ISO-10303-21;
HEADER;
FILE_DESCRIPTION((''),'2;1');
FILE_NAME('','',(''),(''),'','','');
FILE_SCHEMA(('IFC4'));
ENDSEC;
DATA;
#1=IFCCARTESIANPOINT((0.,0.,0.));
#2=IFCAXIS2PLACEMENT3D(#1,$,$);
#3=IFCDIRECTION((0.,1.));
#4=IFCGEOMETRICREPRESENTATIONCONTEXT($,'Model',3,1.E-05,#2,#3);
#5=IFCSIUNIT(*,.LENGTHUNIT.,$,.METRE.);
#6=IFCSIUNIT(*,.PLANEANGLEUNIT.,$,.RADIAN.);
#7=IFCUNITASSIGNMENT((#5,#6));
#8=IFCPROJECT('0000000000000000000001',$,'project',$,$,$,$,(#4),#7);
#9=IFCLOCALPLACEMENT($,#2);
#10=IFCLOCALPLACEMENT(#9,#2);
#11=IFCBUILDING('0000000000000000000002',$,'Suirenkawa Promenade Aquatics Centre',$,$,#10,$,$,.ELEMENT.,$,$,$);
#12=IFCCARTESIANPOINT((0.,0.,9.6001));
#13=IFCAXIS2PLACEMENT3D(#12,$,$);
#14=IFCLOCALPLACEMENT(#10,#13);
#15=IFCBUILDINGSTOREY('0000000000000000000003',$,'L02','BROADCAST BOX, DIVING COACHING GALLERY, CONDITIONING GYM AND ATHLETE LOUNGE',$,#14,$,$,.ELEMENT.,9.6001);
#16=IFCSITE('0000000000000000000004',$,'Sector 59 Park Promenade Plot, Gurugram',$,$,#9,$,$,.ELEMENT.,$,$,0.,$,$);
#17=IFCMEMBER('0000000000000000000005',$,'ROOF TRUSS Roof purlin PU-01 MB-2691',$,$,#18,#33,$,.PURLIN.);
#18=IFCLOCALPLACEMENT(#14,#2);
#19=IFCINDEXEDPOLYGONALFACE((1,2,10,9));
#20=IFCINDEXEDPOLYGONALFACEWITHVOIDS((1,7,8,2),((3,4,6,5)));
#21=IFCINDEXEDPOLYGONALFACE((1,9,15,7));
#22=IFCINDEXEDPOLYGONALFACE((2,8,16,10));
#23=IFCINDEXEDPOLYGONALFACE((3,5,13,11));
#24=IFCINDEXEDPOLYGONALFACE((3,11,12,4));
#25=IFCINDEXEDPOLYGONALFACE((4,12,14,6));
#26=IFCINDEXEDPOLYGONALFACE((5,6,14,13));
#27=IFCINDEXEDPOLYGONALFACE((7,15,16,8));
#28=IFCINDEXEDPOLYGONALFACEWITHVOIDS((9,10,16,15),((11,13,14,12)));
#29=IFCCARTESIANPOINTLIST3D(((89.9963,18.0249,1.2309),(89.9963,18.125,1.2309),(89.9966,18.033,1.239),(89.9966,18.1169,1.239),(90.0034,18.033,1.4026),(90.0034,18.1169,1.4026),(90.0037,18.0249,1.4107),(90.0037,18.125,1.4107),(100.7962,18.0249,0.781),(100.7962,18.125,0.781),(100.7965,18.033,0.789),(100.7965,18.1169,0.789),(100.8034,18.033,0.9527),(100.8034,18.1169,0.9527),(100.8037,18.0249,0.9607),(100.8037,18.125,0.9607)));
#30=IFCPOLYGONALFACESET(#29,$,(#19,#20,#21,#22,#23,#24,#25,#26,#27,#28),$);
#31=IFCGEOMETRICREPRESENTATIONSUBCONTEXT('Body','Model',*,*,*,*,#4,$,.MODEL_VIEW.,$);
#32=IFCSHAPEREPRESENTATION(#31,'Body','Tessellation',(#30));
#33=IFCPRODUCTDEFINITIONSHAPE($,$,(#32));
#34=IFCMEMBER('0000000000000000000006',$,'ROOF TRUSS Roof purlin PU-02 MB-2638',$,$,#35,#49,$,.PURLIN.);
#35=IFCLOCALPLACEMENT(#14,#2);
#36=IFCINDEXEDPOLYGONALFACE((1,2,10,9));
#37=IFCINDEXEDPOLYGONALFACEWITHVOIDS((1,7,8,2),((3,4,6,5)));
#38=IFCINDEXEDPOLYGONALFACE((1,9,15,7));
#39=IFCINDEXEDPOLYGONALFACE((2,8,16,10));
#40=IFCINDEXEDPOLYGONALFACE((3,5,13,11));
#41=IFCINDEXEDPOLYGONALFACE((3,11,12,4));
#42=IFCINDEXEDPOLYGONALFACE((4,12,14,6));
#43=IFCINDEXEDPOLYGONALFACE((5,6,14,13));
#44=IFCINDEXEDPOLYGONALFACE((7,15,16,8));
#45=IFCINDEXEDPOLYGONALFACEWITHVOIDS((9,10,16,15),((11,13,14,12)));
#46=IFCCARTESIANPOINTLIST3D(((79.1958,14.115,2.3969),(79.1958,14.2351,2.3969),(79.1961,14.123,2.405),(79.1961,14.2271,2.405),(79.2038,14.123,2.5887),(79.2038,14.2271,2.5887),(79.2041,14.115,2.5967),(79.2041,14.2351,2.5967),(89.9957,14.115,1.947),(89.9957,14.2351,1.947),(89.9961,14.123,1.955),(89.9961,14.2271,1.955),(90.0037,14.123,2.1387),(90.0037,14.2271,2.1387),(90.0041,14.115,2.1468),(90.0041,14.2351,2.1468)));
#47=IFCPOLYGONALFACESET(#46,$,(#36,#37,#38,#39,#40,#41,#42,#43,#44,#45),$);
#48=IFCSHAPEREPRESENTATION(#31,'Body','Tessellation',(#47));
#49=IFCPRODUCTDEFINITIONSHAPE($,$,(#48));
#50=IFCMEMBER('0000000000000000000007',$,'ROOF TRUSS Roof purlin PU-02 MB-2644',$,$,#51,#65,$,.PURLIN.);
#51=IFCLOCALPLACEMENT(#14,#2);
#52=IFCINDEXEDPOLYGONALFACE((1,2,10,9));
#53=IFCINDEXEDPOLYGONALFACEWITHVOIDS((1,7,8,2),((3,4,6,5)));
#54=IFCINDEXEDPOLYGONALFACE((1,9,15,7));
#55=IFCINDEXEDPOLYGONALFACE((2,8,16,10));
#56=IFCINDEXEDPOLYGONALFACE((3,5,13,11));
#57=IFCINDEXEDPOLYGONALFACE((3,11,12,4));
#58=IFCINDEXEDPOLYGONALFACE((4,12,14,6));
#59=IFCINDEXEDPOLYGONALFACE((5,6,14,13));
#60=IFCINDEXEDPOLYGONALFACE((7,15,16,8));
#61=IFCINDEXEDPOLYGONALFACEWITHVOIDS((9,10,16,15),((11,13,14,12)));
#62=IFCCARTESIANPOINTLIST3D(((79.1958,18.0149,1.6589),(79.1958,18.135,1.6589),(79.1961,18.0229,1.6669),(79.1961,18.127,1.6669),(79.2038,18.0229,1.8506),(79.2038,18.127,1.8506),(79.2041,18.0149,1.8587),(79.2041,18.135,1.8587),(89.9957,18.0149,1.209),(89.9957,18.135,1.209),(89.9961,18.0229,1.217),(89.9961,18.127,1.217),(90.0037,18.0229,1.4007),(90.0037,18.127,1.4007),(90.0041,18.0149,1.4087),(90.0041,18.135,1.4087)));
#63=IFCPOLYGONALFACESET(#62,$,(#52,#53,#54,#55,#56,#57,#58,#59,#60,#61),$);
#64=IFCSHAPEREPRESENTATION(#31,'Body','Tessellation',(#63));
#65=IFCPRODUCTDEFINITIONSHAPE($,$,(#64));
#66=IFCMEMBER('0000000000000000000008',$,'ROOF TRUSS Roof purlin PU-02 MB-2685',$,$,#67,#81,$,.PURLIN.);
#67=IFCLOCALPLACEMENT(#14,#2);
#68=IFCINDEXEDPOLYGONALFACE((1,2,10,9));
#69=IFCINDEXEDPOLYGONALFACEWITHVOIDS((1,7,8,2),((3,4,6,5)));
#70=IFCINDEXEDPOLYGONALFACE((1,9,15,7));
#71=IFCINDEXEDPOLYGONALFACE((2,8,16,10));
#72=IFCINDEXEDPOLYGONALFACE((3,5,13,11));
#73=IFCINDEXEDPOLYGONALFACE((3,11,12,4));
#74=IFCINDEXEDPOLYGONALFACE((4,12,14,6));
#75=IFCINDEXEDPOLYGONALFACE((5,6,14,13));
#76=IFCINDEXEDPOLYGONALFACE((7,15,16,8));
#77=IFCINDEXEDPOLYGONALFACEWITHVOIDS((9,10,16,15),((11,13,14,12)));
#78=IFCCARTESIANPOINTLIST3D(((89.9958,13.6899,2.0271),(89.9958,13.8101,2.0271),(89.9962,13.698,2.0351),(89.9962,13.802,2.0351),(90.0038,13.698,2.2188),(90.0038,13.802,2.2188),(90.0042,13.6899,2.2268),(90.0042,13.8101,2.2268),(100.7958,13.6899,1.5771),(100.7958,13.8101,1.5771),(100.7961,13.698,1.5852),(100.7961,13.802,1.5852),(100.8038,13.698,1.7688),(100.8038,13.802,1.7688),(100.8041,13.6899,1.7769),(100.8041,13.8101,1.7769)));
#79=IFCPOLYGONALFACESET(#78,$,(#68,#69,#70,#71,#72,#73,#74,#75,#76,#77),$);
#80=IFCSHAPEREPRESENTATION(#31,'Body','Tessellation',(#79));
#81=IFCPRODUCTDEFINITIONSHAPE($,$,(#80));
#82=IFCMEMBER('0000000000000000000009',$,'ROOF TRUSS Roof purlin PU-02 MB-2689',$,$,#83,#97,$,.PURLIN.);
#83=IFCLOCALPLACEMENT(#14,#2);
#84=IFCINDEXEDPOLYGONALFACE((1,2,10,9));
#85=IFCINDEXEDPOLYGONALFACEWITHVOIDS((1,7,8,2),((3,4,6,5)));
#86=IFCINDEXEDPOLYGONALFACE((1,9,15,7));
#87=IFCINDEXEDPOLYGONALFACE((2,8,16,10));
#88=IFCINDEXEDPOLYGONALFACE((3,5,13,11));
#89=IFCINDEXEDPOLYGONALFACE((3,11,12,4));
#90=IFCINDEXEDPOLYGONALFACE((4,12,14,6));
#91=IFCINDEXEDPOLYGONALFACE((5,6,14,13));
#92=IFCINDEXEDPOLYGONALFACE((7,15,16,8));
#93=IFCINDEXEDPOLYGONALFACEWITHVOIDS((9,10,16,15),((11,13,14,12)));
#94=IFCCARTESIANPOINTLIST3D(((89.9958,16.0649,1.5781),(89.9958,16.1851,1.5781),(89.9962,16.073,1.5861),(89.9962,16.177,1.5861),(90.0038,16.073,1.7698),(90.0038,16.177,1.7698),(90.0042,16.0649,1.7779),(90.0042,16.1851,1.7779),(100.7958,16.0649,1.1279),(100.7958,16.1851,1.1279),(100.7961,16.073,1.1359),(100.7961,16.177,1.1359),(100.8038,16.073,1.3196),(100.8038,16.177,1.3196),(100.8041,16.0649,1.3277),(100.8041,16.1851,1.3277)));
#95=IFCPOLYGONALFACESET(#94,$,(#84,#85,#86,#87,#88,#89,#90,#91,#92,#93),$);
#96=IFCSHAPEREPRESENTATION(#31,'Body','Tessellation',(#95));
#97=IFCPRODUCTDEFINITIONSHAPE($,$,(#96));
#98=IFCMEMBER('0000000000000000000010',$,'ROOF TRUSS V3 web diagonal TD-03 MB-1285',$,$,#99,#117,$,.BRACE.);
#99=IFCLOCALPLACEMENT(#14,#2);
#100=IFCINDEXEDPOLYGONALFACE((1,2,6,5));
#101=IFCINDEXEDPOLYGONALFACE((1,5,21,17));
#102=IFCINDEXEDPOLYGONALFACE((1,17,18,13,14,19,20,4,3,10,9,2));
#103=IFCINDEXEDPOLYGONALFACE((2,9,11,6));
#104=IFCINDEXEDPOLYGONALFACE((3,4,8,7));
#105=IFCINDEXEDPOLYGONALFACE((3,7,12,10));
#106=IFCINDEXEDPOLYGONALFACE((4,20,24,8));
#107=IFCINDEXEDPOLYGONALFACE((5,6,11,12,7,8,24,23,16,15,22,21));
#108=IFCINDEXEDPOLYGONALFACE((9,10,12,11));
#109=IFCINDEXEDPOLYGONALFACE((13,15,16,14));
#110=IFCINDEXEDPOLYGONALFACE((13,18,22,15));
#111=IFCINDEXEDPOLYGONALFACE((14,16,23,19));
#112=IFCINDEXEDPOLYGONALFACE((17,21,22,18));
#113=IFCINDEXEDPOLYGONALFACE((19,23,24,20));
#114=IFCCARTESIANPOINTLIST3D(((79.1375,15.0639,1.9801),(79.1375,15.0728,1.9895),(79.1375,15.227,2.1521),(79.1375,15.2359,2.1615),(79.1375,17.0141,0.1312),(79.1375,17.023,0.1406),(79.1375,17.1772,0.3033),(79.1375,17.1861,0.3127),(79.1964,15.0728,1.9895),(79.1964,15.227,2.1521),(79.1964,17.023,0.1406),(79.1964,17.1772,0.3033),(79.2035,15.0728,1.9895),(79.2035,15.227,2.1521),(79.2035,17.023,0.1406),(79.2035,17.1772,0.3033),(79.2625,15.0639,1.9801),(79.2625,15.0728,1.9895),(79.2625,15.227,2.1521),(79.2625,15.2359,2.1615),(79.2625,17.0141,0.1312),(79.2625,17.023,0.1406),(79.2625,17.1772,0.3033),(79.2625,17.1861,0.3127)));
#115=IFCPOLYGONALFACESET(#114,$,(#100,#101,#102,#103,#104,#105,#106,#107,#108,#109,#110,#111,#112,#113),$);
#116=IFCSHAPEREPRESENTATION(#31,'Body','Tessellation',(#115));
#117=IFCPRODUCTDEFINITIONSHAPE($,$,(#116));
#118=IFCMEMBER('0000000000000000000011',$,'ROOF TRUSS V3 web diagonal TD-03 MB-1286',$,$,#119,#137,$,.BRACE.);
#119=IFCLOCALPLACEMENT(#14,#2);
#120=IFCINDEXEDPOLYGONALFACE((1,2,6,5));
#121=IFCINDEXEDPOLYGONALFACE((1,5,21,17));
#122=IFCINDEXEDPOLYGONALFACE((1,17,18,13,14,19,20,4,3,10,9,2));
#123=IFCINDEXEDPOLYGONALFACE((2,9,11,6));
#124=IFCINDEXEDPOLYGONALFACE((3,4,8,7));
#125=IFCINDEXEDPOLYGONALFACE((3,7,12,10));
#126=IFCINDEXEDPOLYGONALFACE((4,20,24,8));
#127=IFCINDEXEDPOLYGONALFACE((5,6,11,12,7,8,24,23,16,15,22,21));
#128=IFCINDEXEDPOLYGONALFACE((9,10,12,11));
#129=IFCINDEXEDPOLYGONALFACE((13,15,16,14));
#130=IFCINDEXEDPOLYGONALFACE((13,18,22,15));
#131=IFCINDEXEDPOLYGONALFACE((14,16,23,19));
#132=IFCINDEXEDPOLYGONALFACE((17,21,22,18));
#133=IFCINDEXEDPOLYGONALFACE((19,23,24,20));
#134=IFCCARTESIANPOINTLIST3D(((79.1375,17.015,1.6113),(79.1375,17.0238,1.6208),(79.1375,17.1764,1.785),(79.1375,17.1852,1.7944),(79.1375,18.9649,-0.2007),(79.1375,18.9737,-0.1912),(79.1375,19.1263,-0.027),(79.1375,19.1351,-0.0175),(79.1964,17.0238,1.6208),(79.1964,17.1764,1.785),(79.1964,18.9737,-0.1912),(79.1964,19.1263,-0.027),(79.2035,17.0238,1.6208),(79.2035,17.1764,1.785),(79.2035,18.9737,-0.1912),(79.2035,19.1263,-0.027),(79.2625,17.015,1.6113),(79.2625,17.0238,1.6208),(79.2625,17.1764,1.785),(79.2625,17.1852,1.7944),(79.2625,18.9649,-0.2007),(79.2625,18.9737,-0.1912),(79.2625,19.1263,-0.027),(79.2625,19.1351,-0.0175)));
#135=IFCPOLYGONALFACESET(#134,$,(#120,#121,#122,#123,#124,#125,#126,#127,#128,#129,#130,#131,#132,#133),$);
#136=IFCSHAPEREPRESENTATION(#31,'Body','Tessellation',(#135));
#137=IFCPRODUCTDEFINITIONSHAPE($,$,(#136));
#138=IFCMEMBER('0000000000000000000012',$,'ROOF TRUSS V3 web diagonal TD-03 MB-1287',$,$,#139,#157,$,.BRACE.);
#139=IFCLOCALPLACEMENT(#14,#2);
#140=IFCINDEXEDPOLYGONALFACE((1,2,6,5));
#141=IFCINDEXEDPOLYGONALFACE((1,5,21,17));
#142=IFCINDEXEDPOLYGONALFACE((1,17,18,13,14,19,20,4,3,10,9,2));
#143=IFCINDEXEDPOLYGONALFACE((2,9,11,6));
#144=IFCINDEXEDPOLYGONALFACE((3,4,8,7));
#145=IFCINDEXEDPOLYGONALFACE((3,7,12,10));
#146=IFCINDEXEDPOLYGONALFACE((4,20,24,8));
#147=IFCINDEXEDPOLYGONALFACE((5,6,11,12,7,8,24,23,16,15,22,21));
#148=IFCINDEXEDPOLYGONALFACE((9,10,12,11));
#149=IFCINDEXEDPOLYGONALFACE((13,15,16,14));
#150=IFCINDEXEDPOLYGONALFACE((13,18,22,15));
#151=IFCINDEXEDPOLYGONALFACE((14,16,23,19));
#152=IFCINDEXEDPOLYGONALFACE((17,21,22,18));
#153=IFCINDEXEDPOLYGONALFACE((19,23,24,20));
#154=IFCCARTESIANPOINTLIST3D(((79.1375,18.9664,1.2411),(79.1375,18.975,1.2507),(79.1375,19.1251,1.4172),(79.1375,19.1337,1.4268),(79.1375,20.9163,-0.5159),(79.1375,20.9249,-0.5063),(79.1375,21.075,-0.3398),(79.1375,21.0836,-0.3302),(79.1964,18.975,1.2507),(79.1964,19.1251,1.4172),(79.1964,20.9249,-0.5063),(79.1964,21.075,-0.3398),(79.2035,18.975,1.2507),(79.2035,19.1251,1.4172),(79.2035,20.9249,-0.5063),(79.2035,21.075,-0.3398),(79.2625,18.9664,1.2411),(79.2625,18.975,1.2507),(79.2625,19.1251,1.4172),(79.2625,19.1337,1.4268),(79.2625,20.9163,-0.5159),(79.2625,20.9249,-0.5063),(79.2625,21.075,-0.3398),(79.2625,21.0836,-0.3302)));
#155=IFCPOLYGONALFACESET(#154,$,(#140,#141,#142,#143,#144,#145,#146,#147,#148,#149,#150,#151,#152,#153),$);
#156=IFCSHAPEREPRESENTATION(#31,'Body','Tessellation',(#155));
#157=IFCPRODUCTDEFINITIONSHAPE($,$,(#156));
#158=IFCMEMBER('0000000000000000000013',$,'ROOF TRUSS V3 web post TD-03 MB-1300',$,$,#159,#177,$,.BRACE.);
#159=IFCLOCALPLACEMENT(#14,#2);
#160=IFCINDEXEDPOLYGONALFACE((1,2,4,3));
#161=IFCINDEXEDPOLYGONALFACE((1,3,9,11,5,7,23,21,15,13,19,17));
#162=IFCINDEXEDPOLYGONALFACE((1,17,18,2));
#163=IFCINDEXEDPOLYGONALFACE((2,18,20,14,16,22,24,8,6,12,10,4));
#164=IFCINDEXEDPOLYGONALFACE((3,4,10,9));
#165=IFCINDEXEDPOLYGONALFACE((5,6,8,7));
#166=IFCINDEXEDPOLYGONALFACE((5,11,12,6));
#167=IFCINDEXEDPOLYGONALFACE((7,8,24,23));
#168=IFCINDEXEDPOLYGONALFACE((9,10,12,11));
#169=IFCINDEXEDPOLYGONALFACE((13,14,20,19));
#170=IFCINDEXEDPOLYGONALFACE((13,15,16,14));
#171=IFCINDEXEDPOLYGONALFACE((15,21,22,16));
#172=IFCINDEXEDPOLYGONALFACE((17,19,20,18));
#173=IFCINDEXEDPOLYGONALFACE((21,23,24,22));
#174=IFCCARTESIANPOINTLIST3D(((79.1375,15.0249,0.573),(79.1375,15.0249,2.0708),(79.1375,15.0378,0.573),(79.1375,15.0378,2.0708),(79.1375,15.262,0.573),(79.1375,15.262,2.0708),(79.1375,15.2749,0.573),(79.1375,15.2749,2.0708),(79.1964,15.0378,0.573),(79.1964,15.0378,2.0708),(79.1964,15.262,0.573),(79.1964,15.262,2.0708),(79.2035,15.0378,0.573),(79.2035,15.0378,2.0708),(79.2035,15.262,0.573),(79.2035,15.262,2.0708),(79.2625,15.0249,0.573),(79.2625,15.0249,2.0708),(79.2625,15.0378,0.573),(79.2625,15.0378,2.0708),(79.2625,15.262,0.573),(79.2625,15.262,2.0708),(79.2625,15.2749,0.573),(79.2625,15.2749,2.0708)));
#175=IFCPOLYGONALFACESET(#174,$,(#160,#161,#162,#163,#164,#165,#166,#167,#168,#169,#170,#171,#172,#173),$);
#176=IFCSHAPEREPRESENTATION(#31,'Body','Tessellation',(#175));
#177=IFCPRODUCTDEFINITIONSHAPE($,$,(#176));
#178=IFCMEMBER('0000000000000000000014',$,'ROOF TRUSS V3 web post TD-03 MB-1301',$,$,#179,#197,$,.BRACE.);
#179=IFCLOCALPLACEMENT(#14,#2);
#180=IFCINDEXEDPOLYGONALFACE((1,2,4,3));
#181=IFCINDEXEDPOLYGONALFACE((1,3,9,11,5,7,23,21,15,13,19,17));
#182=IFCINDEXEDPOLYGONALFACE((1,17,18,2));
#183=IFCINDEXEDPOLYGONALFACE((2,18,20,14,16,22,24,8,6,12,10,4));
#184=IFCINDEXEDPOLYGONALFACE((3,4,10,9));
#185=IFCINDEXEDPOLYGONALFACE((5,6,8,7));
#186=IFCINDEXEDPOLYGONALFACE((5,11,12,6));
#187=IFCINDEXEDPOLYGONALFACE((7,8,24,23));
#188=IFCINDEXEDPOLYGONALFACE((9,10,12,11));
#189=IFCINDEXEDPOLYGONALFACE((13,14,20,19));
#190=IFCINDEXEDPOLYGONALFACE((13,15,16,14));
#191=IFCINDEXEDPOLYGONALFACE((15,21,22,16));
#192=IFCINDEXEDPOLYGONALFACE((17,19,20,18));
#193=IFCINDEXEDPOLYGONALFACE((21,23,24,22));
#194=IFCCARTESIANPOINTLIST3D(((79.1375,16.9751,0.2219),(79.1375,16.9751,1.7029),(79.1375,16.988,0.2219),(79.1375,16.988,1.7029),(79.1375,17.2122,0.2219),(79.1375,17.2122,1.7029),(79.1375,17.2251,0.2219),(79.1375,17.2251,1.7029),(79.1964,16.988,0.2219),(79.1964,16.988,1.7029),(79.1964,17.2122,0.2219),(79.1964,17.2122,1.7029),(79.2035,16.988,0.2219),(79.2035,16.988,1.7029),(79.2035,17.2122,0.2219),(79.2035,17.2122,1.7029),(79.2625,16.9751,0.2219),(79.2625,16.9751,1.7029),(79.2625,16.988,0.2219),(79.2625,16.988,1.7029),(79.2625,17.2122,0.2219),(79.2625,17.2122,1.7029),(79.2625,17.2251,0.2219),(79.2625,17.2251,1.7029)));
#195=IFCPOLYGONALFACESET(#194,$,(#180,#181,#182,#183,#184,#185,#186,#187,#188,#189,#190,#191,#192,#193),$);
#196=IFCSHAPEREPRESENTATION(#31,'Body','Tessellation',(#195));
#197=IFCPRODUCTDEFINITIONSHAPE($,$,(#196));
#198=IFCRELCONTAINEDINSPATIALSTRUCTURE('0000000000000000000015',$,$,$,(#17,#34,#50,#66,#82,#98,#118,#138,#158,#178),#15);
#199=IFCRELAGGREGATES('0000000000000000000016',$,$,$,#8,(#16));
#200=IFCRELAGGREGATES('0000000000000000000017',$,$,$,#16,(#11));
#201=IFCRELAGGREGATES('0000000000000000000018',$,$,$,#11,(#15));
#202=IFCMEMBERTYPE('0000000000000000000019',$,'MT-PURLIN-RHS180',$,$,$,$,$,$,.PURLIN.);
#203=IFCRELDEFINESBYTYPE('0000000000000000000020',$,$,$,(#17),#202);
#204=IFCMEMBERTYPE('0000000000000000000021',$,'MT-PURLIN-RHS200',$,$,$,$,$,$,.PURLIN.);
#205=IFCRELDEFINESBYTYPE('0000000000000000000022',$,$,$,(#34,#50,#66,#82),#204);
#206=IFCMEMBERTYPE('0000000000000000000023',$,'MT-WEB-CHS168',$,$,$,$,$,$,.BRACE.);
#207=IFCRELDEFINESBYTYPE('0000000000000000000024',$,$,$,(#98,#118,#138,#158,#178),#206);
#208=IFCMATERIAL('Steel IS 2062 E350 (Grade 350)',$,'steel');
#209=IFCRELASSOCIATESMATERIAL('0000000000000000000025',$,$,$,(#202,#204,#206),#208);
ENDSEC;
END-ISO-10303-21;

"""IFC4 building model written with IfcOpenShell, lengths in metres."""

from ifc_helpers import new_model, si_unit, direction, frame, origin, origin_2d, place, context, subcontext, project, spatial, hollow_rectangle, i_section, extrude, material, material_profile, profile_set, type_object, element, save


model = new_model("IFC4")

# Units and contexts
model_context = context("Model", 3, precision=1e-05, world=origin(), true_north=direction((0.0, 1.0)))
body_context = subcontext(model_context, "Body", "Model", "MODEL_VIEW")
ifc_project = project(units=[si_unit("LENGTHUNIT", "METRE"), si_unit("PLANEANGLEUNIT", "RADIAN")], contexts=[model_context])

# Site, building, storey
site_placement = place(None, origin())
site = spatial("IfcSite", under=ifc_project, at=site_placement, Name="Sector 59 Park Promenade Plot, Gurugram", CompositionType="ELEMENT", RefElevation=0.0)
building_placement = place(site_placement, origin())
building = spatial("IfcBuilding", under=site, at=building_placement, Name="Suirenkawa Promenade Aquatics Centre", CompositionType="ELEMENT")
storey_placement = place(building_placement, frame((0.0, 0.0, 9.6001)))
storey = spatial("IfcBuildingStorey", under=building, at=storey_placement, Name="L02", Description="BROADCAST BOX, DIVING COACHING GALLERY, CONDITIONING GYM AND ATHLETE LOUNGE", CompositionType="ELEMENT", Elevation=9.6001)

# Shared definitions
ifc_material = material(Name="Steel IS 2062 E350 (Grade 350)", Category="steel")

# Members
ifc_material_profile_1 = material_profile(ifc_material, hollow_rectangle(XDim=0.1001, YDim=0.1799, WallThickness=0.0081, at=origin_2d()), Name="RHS 180x100x8", Category="steel")
ifc_profile_set_1 = profile_set([ifc_material_profile_1], Name="Steel IS 2062 E350 (Grade 350)")
member_type_1 = type_object("IfcMemberType", Name="MT-PURLIN-RHS180", PredefinedType="PURLIN", material=ifc_profile_set_1)
for number, where, z_axis, x_axis, name in (
    (1, (90.0, 18.075, 1.3208), (0.999133, 0.0, -0.041626), (0.0, 1.0, 0.0), "ROOF TRUSS Roof purlin PU-01 MB-2691"),
):
    element("IfcMember", number, at=place(storey_placement, frame(where, z_axis=z_axis, x_axis=x_axis)), inside=storey, type_object=member_type_1, Name=name, PredefinedType="PURLIN", context=body_context, shape_type="SweptSolid", body=[
        extrude(hollow_rectangle(XDim=0.1001, YDim=0.1799, WallThickness=0.0081, at=origin_2d()), origin(), (0.0, 0.0, 1.0), 10.8093),
    ])
ifc_material_profile_2 = material_profile(ifc_material, hollow_rectangle(XDim=0.1201, YDim=0.2, WallThickness=0.0081, at=origin_2d()), Name="RHS 200x120x8", Category="steel")
ifc_profile_set_2 = profile_set([ifc_material_profile_2], Name="Steel IS 2062 E350 (Grade 350)")
member_type_2 = type_object("IfcMemberType", Name="MT-PURLIN-RHS200", PredefinedType="PURLIN", material=ifc_profile_set_2)
for number, where, z_axis, x_axis, name in (
    (2, (79.2, 14.175, 2.4968), (0.999133, 0.0, -0.041626), (0.0, 1.0, 0.0), "ROOF TRUSS Roof purlin PU-02 MB-2638"),
    (3, (79.2, 18.075, 1.7588), (0.999133, 0.0, -0.041626), (0.0, 1.0, 0.0), "ROOF TRUSS Roof purlin PU-02 MB-2644"),
    (4, (90.0, 13.75, 2.127), (0.999133, 0.0, -0.041626), (0.0, 1.0, 0.0), "ROOF TRUSS Roof purlin PU-02 MB-2685"),
    (5, (90.0, 16.125, 1.678), (0.999132, 0.0, -0.041648), (0.0, 1.0, 0.0), "ROOF TRUSS Roof purlin PU-02 MB-2689"),
):
    element("IfcMember", number, at=place(storey_placement, frame(where, z_axis=z_axis, x_axis=x_axis)), inside=storey, type_object=member_type_2, Name=name, PredefinedType="PURLIN", context=body_context, shape_type="SweptSolid", body=[
        extrude(hollow_rectangle(XDim=0.1201, YDim=0.2, WallThickness=0.0081, at=origin_2d()), origin(), (0.0, 0.0, 1.0), 10.8093),
    ])
ifc_material_profile_3 = material_profile(ifc_material, i_section(OverallWidth=0.125, OverallDepth=0.25, WebThickness=0.0071, FlangeThickness=0.0129, at=origin_2d()), Name="ISMB 250", Category="steel")
ifc_profile_set_3 = profile_set([ifc_material_profile_3], Name="Steel IS 2062 E350 (Grade 350)")
member_type_3 = type_object("IfcMemberType", Name="MT-WEB-CHS168", PredefinedType="BRACE", material=ifc_profile_set_3)
member_1_placement = place(storey_placement, frame((79.2, 15.1499, 2.0708), z_axis=(0.0, 0.725707, -0.688004), x_axis=(-1.0, 0.0, 0.0)))
element("IfcMember", 6, at=member_1_placement, inside=storey, type_object=member_type_3, Name="ROOF TRUSS V3 web diagonal TD-03 MB-1285", PredefinedType="BRACE", context=body_context, shape_type="SweptSolid", body=[
    extrude(i_section(OverallWidth=0.125, OverallDepth=0.25, WebThickness=0.0071, FlangeThickness=0.0129, at=origin_2d()), origin(), (0.0, 0.0, 1.0), 2.6873),
])
member_2_placement = place(storey_placement, frame((79.2, 17.1001, 1.7029), z_axis=(0.0, 0.732542, -0.680722), x_axis=(-1.0, 0.0, 0.0)))
element("IfcMember", 7, at=member_2_placement, inside=storey, type_object=member_type_3, Name="ROOF TRUSS V3 web diagonal TD-03 MB-1286", PredefinedType="BRACE", context=body_context, shape_type="SweptSolid", body=[
    extrude(i_section(OverallWidth=0.125, OverallDepth=0.25, WebThickness=0.0071, FlangeThickness=0.0129, at=origin_2d()), origin(), (0.0, 0.0, 1.0), 2.6619),
])
member_3_placement = place(storey_placement, frame((79.2, 19.05, 1.334), z_axis=(0.0, 0.742892, -0.669412), x_axis=(-1.0, 0.0, 0.0)))
element("IfcMember", 8, at=member_3_placement, inside=storey, type_object=member_type_3, Name="ROOF TRUSS V3 web diagonal TD-03 MB-1287", PredefinedType="BRACE", context=body_context, shape_type="SweptSolid", body=[
    extrude(i_section(OverallWidth=0.125, OverallDepth=0.25, WebThickness=0.0071, FlangeThickness=0.0129, at=origin_2d()), origin(), (0.0, 0.0, 1.0), 2.6248),
])
member_4_placement = place(storey_placement, frame((79.2, 15.1499, 0.573), z_axis=(0.0, 0.0, 1.0), x_axis=(1.0, 0.0, 0.0)))
element("IfcMember", 9, at=member_4_placement, inside=storey, type_object=member_type_3, Name="ROOF TRUSS V3 web post TD-03 MB-1300", PredefinedType="BRACE", context=body_context, shape_type="SweptSolid", body=[
    extrude(i_section(OverallWidth=0.125, OverallDepth=0.25, WebThickness=0.0071, FlangeThickness=0.0129, at=origin_2d()), origin(), (0.0, 0.0, 1.0), 1.4978),
])
member_5_placement = place(storey_placement, frame((79.2, 17.1001, 0.2219), z_axis=(0.0, 0.0, 1.0), x_axis=(1.0, 0.0, 0.0)))
element("IfcMember", 10, at=member_5_placement, inside=storey, type_object=member_type_3, Name="ROOF TRUSS V3 web post TD-03 MB-1301", PredefinedType="BRACE", context=body_context, shape_type="SweptSolid", body=[
    extrude(i_section(OverallWidth=0.125, OverallDepth=0.25, WebThickness=0.0071, FlangeThickness=0.0129, at=origin_2d()), origin(), (0.0, 0.0, 1.0), 1.481),
])

save(model, "model.ifc")
